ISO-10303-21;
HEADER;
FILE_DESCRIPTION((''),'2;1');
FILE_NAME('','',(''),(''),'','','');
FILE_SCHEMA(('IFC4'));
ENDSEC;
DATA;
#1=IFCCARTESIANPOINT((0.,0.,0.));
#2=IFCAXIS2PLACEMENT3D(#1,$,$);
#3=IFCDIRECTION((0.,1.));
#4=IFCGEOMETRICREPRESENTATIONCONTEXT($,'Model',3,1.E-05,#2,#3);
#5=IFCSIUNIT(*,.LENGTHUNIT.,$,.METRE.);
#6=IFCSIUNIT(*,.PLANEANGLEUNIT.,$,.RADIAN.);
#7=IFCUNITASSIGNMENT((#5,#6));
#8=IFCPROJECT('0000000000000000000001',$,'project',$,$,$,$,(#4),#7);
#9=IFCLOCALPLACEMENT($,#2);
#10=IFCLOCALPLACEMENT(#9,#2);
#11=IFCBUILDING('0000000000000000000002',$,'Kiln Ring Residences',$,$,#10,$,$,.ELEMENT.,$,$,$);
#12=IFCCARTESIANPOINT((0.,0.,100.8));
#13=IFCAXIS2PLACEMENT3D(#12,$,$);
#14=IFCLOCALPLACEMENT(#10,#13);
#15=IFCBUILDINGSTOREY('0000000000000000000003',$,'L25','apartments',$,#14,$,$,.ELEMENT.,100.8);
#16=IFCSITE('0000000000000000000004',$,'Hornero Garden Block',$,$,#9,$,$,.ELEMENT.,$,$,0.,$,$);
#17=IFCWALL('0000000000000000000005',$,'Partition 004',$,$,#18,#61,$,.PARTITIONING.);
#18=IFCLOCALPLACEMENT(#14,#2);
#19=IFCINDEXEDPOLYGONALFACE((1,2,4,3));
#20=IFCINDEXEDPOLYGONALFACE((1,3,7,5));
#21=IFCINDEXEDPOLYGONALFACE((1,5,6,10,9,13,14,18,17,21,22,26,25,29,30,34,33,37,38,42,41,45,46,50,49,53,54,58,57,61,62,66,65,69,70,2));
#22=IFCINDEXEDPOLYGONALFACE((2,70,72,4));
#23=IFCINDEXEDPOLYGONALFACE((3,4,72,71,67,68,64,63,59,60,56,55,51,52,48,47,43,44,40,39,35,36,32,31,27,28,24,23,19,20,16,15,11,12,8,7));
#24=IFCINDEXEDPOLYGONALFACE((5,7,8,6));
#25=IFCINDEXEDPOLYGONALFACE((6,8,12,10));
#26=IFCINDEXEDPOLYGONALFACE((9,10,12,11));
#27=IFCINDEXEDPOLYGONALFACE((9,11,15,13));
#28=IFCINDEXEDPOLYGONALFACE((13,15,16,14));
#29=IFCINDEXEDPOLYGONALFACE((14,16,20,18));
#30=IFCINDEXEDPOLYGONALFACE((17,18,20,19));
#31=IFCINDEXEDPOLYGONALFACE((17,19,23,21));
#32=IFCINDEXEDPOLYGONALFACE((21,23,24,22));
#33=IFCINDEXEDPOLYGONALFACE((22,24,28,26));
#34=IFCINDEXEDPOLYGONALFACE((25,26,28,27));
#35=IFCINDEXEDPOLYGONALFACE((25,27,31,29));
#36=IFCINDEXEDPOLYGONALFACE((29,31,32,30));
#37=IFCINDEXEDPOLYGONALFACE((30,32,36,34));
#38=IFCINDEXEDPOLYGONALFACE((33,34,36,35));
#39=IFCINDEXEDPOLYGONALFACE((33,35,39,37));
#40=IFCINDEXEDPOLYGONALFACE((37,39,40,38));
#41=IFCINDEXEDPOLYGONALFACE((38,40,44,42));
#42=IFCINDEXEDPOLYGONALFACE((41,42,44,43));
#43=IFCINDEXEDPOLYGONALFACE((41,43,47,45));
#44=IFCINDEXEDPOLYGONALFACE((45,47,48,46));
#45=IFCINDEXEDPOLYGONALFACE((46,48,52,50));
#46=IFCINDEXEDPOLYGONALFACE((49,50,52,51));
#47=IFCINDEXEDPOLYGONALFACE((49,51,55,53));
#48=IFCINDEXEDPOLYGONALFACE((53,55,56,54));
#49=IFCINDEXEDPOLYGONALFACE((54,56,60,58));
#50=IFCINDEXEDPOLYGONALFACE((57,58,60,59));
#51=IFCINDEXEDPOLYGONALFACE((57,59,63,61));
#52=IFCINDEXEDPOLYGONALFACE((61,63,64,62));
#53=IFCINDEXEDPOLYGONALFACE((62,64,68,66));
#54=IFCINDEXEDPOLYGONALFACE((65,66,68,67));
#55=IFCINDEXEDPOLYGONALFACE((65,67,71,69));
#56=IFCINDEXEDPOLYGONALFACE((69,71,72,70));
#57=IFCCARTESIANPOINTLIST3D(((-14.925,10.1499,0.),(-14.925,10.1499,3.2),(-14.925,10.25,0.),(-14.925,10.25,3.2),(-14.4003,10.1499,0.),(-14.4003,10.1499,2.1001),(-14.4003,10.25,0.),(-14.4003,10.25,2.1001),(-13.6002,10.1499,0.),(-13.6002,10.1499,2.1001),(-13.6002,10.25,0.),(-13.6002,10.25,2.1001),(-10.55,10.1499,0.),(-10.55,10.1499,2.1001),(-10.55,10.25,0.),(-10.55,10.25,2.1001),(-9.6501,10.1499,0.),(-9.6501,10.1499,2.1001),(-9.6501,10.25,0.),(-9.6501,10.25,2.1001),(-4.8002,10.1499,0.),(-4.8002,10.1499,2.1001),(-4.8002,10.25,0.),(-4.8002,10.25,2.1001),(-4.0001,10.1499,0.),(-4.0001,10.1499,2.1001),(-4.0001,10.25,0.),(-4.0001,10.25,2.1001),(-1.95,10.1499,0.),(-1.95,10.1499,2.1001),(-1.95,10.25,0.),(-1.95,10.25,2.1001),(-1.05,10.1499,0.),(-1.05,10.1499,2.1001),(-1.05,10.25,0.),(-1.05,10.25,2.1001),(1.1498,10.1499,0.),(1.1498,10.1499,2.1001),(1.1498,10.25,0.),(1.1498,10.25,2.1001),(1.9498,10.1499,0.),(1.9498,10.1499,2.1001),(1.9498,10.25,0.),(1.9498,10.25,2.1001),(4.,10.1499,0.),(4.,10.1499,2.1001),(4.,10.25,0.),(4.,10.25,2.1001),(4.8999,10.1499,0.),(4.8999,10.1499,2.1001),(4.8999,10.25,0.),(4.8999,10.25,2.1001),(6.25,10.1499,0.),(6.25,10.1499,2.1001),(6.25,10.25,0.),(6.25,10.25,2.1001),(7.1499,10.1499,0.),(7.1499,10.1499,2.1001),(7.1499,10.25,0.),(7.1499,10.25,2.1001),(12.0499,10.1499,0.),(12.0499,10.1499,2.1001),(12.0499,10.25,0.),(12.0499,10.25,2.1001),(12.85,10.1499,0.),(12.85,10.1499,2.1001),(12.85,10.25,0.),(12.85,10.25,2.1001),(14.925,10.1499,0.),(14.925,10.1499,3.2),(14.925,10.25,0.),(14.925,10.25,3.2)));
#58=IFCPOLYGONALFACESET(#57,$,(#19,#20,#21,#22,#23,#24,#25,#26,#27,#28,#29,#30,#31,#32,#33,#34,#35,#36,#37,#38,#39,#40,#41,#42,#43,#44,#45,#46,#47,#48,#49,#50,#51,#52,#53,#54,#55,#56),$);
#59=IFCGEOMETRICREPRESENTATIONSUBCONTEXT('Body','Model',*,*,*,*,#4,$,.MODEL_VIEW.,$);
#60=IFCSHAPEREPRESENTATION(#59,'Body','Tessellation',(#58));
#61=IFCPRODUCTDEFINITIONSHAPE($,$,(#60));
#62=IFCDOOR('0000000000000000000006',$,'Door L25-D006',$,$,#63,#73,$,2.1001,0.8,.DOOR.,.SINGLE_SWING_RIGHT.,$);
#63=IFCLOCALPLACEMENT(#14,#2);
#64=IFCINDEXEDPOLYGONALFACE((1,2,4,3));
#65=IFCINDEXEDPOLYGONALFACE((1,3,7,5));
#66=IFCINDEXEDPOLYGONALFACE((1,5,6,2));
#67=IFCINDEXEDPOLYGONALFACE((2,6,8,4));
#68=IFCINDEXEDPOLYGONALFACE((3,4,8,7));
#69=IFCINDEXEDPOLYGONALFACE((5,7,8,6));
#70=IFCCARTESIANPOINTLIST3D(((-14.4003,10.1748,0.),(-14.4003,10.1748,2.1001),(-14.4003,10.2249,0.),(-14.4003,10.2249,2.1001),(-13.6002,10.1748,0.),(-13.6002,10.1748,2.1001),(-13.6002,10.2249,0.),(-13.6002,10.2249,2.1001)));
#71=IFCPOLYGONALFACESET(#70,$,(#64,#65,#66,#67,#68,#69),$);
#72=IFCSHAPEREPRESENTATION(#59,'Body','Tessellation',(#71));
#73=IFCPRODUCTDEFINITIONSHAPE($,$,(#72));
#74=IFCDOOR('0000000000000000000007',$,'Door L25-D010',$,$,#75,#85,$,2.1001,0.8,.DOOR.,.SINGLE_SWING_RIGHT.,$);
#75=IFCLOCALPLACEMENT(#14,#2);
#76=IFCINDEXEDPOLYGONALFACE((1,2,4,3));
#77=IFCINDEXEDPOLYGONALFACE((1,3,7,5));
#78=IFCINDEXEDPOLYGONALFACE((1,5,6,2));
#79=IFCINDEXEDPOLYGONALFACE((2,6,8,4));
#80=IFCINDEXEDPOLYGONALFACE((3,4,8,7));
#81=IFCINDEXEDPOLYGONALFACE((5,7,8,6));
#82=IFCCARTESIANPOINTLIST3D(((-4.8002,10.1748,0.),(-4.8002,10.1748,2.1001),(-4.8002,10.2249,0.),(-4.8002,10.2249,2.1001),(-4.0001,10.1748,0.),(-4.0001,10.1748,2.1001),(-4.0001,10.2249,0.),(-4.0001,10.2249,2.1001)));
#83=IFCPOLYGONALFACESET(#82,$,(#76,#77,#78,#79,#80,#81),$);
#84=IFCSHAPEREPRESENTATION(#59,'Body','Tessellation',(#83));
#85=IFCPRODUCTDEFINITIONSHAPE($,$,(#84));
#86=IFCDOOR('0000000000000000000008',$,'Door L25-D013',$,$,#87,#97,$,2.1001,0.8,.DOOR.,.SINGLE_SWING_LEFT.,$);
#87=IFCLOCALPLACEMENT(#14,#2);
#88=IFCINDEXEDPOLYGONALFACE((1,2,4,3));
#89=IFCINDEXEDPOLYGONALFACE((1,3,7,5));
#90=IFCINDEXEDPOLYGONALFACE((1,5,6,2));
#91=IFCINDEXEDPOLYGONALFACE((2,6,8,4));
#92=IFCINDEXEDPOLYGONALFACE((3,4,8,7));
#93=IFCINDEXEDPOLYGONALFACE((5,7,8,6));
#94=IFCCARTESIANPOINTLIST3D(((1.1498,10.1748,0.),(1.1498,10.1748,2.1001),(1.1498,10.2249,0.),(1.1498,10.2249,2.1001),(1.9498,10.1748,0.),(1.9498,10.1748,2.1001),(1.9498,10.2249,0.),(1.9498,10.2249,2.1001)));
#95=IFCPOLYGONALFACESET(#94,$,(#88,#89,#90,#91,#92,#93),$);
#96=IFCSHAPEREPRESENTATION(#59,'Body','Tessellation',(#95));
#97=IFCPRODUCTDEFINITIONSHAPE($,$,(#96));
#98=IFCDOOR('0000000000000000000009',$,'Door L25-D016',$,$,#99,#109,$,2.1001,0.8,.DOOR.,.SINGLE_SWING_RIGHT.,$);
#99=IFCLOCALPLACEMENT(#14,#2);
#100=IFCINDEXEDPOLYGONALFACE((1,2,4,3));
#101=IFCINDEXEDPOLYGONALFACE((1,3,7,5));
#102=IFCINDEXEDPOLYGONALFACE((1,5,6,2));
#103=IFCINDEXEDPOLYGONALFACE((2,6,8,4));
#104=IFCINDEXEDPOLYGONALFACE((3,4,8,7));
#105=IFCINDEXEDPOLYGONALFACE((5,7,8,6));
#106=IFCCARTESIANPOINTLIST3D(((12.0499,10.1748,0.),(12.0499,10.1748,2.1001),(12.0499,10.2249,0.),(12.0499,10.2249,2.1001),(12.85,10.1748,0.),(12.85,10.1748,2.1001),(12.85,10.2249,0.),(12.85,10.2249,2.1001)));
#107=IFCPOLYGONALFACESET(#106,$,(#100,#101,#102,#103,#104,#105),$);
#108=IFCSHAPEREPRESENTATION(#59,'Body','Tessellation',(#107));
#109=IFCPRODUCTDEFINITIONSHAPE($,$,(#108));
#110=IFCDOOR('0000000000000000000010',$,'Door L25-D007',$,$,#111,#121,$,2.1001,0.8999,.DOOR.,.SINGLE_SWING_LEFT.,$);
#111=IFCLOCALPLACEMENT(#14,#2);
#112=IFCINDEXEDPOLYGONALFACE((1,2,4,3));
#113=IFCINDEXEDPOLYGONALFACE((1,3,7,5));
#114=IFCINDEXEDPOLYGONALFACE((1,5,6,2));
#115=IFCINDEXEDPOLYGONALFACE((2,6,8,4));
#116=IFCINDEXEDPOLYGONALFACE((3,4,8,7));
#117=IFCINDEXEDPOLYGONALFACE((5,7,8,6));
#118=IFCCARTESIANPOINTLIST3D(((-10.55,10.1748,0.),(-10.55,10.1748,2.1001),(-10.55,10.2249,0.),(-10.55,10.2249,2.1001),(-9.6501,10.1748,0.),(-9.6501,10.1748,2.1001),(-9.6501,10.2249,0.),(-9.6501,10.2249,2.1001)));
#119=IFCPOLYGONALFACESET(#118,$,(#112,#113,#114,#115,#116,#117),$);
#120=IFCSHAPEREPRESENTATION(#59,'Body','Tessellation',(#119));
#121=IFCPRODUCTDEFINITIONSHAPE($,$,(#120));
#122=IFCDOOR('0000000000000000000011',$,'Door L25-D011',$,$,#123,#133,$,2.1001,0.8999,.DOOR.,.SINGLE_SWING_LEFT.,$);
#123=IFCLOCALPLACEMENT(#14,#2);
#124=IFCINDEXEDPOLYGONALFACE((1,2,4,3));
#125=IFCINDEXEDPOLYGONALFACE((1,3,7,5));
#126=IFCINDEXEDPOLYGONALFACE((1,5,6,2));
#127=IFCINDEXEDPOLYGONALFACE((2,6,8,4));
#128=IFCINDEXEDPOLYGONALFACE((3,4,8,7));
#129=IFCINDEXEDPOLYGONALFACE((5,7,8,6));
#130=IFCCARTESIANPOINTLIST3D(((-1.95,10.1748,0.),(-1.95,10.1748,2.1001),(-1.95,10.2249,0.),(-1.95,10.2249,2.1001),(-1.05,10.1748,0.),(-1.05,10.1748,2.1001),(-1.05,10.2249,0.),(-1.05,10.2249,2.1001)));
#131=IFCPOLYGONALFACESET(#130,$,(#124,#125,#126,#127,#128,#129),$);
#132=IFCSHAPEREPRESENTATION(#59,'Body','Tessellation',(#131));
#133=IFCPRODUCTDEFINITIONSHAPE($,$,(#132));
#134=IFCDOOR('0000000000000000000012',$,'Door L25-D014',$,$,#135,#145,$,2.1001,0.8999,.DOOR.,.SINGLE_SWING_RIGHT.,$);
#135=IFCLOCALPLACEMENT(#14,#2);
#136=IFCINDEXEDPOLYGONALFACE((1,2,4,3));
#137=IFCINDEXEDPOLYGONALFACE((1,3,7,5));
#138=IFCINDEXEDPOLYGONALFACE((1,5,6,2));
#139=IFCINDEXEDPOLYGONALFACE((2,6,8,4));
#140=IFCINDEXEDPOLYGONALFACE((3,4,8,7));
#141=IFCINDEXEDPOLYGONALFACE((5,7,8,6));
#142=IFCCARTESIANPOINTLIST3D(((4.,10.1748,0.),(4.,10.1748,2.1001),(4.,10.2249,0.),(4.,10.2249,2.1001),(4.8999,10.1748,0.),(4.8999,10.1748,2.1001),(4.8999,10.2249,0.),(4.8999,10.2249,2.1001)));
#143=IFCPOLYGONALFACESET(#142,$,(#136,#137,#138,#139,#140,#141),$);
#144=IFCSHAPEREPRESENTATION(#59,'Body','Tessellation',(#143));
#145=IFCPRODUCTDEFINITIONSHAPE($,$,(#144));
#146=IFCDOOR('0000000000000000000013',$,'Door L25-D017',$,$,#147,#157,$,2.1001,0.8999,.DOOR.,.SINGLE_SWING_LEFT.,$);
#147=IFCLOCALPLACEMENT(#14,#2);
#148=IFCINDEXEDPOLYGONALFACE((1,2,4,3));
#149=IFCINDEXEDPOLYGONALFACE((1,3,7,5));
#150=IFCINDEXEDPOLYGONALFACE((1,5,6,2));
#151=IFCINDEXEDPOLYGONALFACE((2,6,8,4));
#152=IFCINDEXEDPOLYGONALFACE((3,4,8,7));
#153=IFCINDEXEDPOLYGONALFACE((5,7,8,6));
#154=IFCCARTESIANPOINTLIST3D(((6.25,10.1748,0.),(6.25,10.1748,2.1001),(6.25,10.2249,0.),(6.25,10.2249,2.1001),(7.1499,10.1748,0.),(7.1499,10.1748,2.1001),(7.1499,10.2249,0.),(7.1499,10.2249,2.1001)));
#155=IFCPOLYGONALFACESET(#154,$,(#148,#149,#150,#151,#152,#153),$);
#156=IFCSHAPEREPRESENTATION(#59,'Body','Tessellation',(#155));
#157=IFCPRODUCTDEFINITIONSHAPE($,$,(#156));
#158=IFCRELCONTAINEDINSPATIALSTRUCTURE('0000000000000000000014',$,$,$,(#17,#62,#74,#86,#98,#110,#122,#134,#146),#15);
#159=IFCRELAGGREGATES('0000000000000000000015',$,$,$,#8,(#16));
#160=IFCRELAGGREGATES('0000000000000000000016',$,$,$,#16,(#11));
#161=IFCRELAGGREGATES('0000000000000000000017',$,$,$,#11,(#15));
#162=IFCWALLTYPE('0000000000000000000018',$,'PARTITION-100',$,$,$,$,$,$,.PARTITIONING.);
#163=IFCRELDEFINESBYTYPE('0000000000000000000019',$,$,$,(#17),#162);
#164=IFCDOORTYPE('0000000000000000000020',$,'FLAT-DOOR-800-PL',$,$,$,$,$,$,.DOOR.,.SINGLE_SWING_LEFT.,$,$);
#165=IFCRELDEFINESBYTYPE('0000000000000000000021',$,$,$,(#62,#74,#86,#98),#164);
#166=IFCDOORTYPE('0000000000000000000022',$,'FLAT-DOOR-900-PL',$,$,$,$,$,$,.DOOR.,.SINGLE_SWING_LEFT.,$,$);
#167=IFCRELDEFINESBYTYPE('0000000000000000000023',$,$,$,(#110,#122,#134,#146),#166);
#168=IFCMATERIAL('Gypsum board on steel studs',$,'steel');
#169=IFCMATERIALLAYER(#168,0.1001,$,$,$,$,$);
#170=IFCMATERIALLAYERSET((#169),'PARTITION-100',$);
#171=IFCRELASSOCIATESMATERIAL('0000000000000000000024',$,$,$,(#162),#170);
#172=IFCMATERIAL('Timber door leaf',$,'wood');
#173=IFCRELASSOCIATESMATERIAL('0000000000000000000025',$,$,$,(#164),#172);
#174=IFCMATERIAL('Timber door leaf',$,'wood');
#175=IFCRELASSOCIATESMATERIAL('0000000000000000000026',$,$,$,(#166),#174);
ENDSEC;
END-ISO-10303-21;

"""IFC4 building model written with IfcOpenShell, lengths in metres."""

from ifc_helpers import new_model, si_unit, direction, frame, frame_2d, origin, place, context, subcontext, project, spatial, rectangle, extrude, material, layer, layer_set, type_object, element, fill, save


model = new_model("IFC4")

# Units and contexts
model_context = context("Model", 3, precision=1e-05, world=origin(), true_north=direction((0.0, 1.0)))
body_context = subcontext(model_context, "Body", "Model", "MODEL_VIEW")
ifc_project = project(units=[si_unit("LENGTHUNIT", "METRE"), si_unit("PLANEANGLEUNIT", "RADIAN")], contexts=[model_context])

# Site, building, storey
site_placement = place(None, origin())
site = spatial("IfcSite", under=ifc_project, at=site_placement, Name="Hornero Garden Block", CompositionType="ELEMENT", RefElevation=0.0)
building_placement = place(site_placement, origin())
building = spatial("IfcBuilding", under=site, at=building_placement, Name="Kiln Ring Residences", CompositionType="ELEMENT")
storey_placement = place(building_placement, frame((0.0, 0.0, 100.8)))
storey = spatial("IfcBuildingStorey", under=building, at=storey_placement, Name="L25", Description="apartments", CompositionType="ELEMENT", Elevation=100.8)

# Wall, openings, doors
ifc_material_1 = material(Name="Gypsum board on steel studs", Category="steel")
ifc_layer_1 = layer(ifc_material_1, 0.1001)
ifc_layer_set_1 = layer_set([ifc_layer_1], Name="PARTITION-100")
wall_type_1 = type_object("IfcWallType", Name="PARTITION-100", PredefinedType="PARTITIONING", material=ifc_layer_set_1)
wall_1_placement = place(storey_placement, frame((-14.925, 10.2, 0.0), z_axis=(0.0, 0.0, 1.0), x_axis=(1.0, 0.0, 0.0)))
wall_1 = element("IfcWall", 1, at=wall_1_placement, inside=storey, type_object=wall_type_1, Name="Partition 004", PredefinedType="PARTITIONING", context=body_context, shape_type="SweptSolid", body=[
    extrude(rectangle(XDim=29.8501, YDim=0.1001, at=frame_2d((14.925, 0.0))), origin(), (0.0, 0.0, 1.0), 3.2),
])
opening_1_placement = place(wall_1_placement, frame((0.5249, 0.0, 0.0)))
opening_1 = element("IfcOpeningElement", 2, at=opening_1_placement, cuts=wall_1, PredefinedType="OPENING", context=body_context, shape_type="SweptSolid", body=[
    extrude(rectangle(XDim=0.8, YDim=2.1001, at=frame_2d((0.3999, 1.05))), frame((0.0, 0.0601, 0.0), z_axis=(0.0, -1.0, 0.0), x_axis=(1.0, 0.0, 0.0)), (0.0, 0.0, 1.0), 0.1201),
])
opening_2_placement = place(wall_1_placement, frame((4.375, 0.0, 0.0)))
opening_2 = element("IfcOpeningElement", 3, at=opening_2_placement, cuts=wall_1, PredefinedType="OPENING", context=body_context, shape_type="SweptSolid", body=[
    extrude(rectangle(XDim=0.8999, YDim=2.1001, at=frame_2d((0.45, 1.05))), frame((0.0, 0.0601, 0.0), z_axis=(0.0, -1.0, 0.0), x_axis=(1.0, 0.0, 0.0)), (0.0, 0.0, 1.0), 0.1201),
])
opening_3_placement = place(wall_1_placement, frame((10.125, 0.0, 0.0)))
opening_3 = element("IfcOpeningElement", 4, at=opening_3_placement, cuts=wall_1, PredefinedType="OPENING", context=body_context, shape_type="SweptSolid", body=[
    extrude(rectangle(XDim=0.8, YDim=2.1001, at=frame_2d((0.3999, 1.05))), frame((0.0, 0.0601, 0.0), z_axis=(0.0, -1.0, 0.0), x_axis=(1.0, 0.0, 0.0)), (0.0, 0.0, 1.0), 0.1201),
])
opening_4_placement = place(wall_1_placement, frame((12.9751, 0.0, 0.0)))
opening_4 = element("IfcOpeningElement", 5, at=opening_4_placement, cuts=wall_1, PredefinedType="OPENING", context=body_context, shape_type="SweptSolid", body=[
    extrude(rectangle(XDim=0.8999, YDim=2.1001, at=frame_2d((0.45, 1.05))), frame((0.0, 0.0601, 0.0), z_axis=(0.0, -1.0, 0.0), x_axis=(1.0, 0.0, 0.0)), (0.0, 0.0, 1.0), 0.1201),
])
opening_5_placement = place(wall_1_placement, frame((16.075, 0.0, 0.0)))
opening_5 = element("IfcOpeningElement", 6, at=opening_5_placement, cuts=wall_1, PredefinedType="OPENING", context=body_context, shape_type="SweptSolid", body=[
    extrude(rectangle(XDim=0.8, YDim=2.1001, at=frame_2d((0.3999, 1.05))), frame((0.0, 0.0601, 0.0), z_axis=(0.0, -1.0, 0.0), x_axis=(1.0, 0.0, 0.0)), (0.0, 0.0, 1.0), 0.1201),
])
opening_6_placement = place(wall_1_placement, frame((18.925, 0.0, 0.0)))
opening_6 = element("IfcOpeningElement", 7, at=opening_6_placement, cuts=wall_1, PredefinedType="OPENING", context=body_context, shape_type="SweptSolid", body=[
    extrude(rectangle(XDim=0.8999, YDim=2.1001, at=frame_2d((0.45, 1.05))), frame((0.0, 0.0601, 0.0), z_axis=(0.0, -1.0, 0.0), x_axis=(1.0, 0.0, 0.0)), (0.0, 0.0, 1.0), 0.1201),
])
opening_7_placement = place(wall_1_placement, frame((26.9751, 0.0, 0.0)))
opening_7 = element("IfcOpeningElement", 8, at=opening_7_placement, cuts=wall_1, PredefinedType="OPENING", context=body_context, shape_type="SweptSolid", body=[
    extrude(rectangle(XDim=0.8, YDim=2.1001, at=frame_2d((0.3999, 1.05))), frame((0.0, 0.0601, 0.0), z_axis=(0.0, -1.0, 0.0), x_axis=(1.0, 0.0, 0.0)), (0.0, 0.0, 1.0), 0.1201),
])
opening_8_placement = place(wall_1_placement, frame((21.175, 0.0, 0.0)))
opening_8 = element("IfcOpeningElement", 9, at=opening_8_placement, cuts=wall_1, PredefinedType="OPENING", context=body_context, shape_type="SweptSolid", body=[
    extrude(rectangle(XDim=0.8999, YDim=2.1001, at=frame_2d((0.45, 1.05))), frame((0.0, 0.0601, 0.0), z_axis=(0.0, -1.0, 0.0), x_axis=(1.0, 0.0, 0.0)), (0.0, 0.0, 1.0), 0.1201),
])
ifc_material_2 = material(Name="Timber door leaf", Category="wood")
door_type_1 = type_object("IfcDoorType", Name="FLAT-DOOR-800-PL", OperationType="SINGLE_SWING_LEFT", PredefinedType="DOOR", material=ifc_material_2)
door_1_placement = place(opening_1_placement, origin())
door_1 = element("IfcDoor", 10, at=door_1_placement, inside=storey, type_object=door_type_1, Name="Door L25-D006", OperationType="SINGLE_SWING_RIGHT", OverallHeight=2.1001, OverallWidth=0.8, PredefinedType="DOOR", context=body_context, shape_type="SweptSolid", body=[
    extrude(rectangle(XDim=0.8, YDim=2.1001, at=frame_2d((0.3999, 1.05))), frame((0.0, 0.0249, 0.0), z_axis=(0.0, -1.0, 0.0), x_axis=(1.0, 0.0, 0.0)), (0.0, 0.0, 1.0), 0.05),
])
fill(opening_1, door_1)
door_2_placement = place(opening_3_placement, origin())
door_2 = element("IfcDoor", 11, at=door_2_placement, inside=storey, type_object=door_type_1, Name="Door L25-D010", OperationType="SINGLE_SWING_RIGHT", OverallHeight=2.1001, OverallWidth=0.8, PredefinedType="DOOR", context=body_context, shape_type="SweptSolid", body=[
    extrude(rectangle(XDim=0.8, YDim=2.1001, at=frame_2d((0.3999, 1.05))), frame((0.0, 0.0249, 0.0), z_axis=(0.0, -1.0, 0.0), x_axis=(1.0, 0.0, 0.0)), (0.0, 0.0, 1.0), 0.05),
])
fill(opening_3, door_2)
door_3_placement = place(opening_5_placement, origin())
door_3 = element("IfcDoor", 12, at=door_3_placement, inside=storey, type_object=door_type_1, Name="Door L25-D013", OperationType="SINGLE_SWING_LEFT", OverallHeight=2.1001, OverallWidth=0.8, PredefinedType="DOOR", context=body_context, shape_type="SweptSolid", body=[
    extrude(rectangle(XDim=0.8, YDim=2.1001, at=frame_2d((0.3999, 1.05))), frame((0.0, 0.0249, 0.0), z_axis=(0.0, -1.0, 0.0), x_axis=(1.0, 0.0, 0.0)), (0.0, 0.0, 1.0), 0.05),
])
fill(opening_5, door_3)
door_4_placement = place(opening_7_placement, origin())
door_4 = element("IfcDoor", 13, at=door_4_placement, inside=storey, type_object=door_type_1, Name="Door L25-D016", OperationType="SINGLE_SWING_RIGHT", OverallHeight=2.1001, OverallWidth=0.8, PredefinedType="DOOR", context=body_context, shape_type="SweptSolid", body=[
    extrude(rectangle(XDim=0.8, YDim=2.1001, at=frame_2d((0.3999, 1.05))), frame((0.0, 0.0249, 0.0), z_axis=(0.0, -1.0, 0.0), x_axis=(1.0, 0.0, 0.0)), (0.0, 0.0, 1.0), 0.05),
])
fill(opening_7, door_4)
ifc_material_3 = material(Name="Timber door leaf", Category="wood")
door_type_2 = type_object("IfcDoorType", Name="FLAT-DOOR-900-PL", OperationType="SINGLE_SWING_LEFT", PredefinedType="DOOR", material=ifc_material_3)
door_5_placement = place(opening_2_placement, origin())
door_5 = element("IfcDoor", 14, at=door_5_placement, inside=storey, type_object=door_type_2, Name="Door L25-D007", OperationType="SINGLE_SWING_LEFT", OverallHeight=2.1001, OverallWidth=0.8999, PredefinedType="DOOR", context=body_context, shape_type="SweptSolid", body=[
    extrude(rectangle(XDim=0.8999, YDim=2.1001, at=frame_2d((0.45, 1.05))), frame((0.0, 0.0249, 0.0), z_axis=(0.0, -1.0, 0.0), x_axis=(1.0, 0.0, 0.0)), (0.0, 0.0, 1.0), 0.05),
])
fill(opening_2, door_5)
door_6_placement = place(opening_4_placement, origin())
door_6 = element("IfcDoor", 15, at=door_6_placement, inside=storey, type_object=door_type_2, Name="Door L25-D011", OperationType="SINGLE_SWING_LEFT", OverallHeight=2.1001, OverallWidth=0.8999, PredefinedType="DOOR", context=body_context, shape_type="SweptSolid", body=[
    extrude(rectangle(XDim=0.8999, YDim=2.1001, at=frame_2d((0.45, 1.05))), frame((0.0, 0.0249, 0.0), z_axis=(0.0, -1.0, 0.0), x_axis=(1.0, 0.0, 0.0)), (0.0, 0.0, 1.0), 0.05),
])
fill(opening_4, door_6)
door_7_placement = place(opening_6_placement, origin())
door_7 = element("IfcDoor", 16, at=door_7_placement, inside=storey, type_object=door_type_2, Name="Door L25-D014", OperationType="SINGLE_SWING_RIGHT", OverallHeight=2.1001, OverallWidth=0.8999, PredefinedType="DOOR", context=body_context, shape_type="SweptSolid", body=[
    extrude(rectangle(XDim=0.8999, YDim=2.1001, at=frame_2d((0.45, 1.05))), frame((0.0, 0.0249, 0.0), z_axis=(0.0, -1.0, 0.0), x_axis=(1.0, 0.0, 0.0)), (0.0, 0.0, 1.0), 0.05),
])
fill(opening_6, door_7)
door_8_placement = place(opening_8_placement, origin())
door_8 = element("IfcDoor", 17, at=door_8_placement, inside=storey, type_object=door_type_2, Name="Door L25-D017", OperationType="SINGLE_SWING_LEFT", OverallHeight=2.1001, OverallWidth=0.8999, PredefinedType="DOOR", context=body_context, shape_type="SweptSolid", body=[
    extrude(rectangle(XDim=0.8999, YDim=2.1001, at=frame_2d((0.45, 1.05))), frame((0.0, 0.0249, 0.0), z_axis=(0.0, -1.0, 0.0), x_axis=(1.0, 0.0, 0.0)), (0.0, 0.0, 1.0), 0.05),
])
fill(opening_8, door_8)

save(model, "model.ifc")
